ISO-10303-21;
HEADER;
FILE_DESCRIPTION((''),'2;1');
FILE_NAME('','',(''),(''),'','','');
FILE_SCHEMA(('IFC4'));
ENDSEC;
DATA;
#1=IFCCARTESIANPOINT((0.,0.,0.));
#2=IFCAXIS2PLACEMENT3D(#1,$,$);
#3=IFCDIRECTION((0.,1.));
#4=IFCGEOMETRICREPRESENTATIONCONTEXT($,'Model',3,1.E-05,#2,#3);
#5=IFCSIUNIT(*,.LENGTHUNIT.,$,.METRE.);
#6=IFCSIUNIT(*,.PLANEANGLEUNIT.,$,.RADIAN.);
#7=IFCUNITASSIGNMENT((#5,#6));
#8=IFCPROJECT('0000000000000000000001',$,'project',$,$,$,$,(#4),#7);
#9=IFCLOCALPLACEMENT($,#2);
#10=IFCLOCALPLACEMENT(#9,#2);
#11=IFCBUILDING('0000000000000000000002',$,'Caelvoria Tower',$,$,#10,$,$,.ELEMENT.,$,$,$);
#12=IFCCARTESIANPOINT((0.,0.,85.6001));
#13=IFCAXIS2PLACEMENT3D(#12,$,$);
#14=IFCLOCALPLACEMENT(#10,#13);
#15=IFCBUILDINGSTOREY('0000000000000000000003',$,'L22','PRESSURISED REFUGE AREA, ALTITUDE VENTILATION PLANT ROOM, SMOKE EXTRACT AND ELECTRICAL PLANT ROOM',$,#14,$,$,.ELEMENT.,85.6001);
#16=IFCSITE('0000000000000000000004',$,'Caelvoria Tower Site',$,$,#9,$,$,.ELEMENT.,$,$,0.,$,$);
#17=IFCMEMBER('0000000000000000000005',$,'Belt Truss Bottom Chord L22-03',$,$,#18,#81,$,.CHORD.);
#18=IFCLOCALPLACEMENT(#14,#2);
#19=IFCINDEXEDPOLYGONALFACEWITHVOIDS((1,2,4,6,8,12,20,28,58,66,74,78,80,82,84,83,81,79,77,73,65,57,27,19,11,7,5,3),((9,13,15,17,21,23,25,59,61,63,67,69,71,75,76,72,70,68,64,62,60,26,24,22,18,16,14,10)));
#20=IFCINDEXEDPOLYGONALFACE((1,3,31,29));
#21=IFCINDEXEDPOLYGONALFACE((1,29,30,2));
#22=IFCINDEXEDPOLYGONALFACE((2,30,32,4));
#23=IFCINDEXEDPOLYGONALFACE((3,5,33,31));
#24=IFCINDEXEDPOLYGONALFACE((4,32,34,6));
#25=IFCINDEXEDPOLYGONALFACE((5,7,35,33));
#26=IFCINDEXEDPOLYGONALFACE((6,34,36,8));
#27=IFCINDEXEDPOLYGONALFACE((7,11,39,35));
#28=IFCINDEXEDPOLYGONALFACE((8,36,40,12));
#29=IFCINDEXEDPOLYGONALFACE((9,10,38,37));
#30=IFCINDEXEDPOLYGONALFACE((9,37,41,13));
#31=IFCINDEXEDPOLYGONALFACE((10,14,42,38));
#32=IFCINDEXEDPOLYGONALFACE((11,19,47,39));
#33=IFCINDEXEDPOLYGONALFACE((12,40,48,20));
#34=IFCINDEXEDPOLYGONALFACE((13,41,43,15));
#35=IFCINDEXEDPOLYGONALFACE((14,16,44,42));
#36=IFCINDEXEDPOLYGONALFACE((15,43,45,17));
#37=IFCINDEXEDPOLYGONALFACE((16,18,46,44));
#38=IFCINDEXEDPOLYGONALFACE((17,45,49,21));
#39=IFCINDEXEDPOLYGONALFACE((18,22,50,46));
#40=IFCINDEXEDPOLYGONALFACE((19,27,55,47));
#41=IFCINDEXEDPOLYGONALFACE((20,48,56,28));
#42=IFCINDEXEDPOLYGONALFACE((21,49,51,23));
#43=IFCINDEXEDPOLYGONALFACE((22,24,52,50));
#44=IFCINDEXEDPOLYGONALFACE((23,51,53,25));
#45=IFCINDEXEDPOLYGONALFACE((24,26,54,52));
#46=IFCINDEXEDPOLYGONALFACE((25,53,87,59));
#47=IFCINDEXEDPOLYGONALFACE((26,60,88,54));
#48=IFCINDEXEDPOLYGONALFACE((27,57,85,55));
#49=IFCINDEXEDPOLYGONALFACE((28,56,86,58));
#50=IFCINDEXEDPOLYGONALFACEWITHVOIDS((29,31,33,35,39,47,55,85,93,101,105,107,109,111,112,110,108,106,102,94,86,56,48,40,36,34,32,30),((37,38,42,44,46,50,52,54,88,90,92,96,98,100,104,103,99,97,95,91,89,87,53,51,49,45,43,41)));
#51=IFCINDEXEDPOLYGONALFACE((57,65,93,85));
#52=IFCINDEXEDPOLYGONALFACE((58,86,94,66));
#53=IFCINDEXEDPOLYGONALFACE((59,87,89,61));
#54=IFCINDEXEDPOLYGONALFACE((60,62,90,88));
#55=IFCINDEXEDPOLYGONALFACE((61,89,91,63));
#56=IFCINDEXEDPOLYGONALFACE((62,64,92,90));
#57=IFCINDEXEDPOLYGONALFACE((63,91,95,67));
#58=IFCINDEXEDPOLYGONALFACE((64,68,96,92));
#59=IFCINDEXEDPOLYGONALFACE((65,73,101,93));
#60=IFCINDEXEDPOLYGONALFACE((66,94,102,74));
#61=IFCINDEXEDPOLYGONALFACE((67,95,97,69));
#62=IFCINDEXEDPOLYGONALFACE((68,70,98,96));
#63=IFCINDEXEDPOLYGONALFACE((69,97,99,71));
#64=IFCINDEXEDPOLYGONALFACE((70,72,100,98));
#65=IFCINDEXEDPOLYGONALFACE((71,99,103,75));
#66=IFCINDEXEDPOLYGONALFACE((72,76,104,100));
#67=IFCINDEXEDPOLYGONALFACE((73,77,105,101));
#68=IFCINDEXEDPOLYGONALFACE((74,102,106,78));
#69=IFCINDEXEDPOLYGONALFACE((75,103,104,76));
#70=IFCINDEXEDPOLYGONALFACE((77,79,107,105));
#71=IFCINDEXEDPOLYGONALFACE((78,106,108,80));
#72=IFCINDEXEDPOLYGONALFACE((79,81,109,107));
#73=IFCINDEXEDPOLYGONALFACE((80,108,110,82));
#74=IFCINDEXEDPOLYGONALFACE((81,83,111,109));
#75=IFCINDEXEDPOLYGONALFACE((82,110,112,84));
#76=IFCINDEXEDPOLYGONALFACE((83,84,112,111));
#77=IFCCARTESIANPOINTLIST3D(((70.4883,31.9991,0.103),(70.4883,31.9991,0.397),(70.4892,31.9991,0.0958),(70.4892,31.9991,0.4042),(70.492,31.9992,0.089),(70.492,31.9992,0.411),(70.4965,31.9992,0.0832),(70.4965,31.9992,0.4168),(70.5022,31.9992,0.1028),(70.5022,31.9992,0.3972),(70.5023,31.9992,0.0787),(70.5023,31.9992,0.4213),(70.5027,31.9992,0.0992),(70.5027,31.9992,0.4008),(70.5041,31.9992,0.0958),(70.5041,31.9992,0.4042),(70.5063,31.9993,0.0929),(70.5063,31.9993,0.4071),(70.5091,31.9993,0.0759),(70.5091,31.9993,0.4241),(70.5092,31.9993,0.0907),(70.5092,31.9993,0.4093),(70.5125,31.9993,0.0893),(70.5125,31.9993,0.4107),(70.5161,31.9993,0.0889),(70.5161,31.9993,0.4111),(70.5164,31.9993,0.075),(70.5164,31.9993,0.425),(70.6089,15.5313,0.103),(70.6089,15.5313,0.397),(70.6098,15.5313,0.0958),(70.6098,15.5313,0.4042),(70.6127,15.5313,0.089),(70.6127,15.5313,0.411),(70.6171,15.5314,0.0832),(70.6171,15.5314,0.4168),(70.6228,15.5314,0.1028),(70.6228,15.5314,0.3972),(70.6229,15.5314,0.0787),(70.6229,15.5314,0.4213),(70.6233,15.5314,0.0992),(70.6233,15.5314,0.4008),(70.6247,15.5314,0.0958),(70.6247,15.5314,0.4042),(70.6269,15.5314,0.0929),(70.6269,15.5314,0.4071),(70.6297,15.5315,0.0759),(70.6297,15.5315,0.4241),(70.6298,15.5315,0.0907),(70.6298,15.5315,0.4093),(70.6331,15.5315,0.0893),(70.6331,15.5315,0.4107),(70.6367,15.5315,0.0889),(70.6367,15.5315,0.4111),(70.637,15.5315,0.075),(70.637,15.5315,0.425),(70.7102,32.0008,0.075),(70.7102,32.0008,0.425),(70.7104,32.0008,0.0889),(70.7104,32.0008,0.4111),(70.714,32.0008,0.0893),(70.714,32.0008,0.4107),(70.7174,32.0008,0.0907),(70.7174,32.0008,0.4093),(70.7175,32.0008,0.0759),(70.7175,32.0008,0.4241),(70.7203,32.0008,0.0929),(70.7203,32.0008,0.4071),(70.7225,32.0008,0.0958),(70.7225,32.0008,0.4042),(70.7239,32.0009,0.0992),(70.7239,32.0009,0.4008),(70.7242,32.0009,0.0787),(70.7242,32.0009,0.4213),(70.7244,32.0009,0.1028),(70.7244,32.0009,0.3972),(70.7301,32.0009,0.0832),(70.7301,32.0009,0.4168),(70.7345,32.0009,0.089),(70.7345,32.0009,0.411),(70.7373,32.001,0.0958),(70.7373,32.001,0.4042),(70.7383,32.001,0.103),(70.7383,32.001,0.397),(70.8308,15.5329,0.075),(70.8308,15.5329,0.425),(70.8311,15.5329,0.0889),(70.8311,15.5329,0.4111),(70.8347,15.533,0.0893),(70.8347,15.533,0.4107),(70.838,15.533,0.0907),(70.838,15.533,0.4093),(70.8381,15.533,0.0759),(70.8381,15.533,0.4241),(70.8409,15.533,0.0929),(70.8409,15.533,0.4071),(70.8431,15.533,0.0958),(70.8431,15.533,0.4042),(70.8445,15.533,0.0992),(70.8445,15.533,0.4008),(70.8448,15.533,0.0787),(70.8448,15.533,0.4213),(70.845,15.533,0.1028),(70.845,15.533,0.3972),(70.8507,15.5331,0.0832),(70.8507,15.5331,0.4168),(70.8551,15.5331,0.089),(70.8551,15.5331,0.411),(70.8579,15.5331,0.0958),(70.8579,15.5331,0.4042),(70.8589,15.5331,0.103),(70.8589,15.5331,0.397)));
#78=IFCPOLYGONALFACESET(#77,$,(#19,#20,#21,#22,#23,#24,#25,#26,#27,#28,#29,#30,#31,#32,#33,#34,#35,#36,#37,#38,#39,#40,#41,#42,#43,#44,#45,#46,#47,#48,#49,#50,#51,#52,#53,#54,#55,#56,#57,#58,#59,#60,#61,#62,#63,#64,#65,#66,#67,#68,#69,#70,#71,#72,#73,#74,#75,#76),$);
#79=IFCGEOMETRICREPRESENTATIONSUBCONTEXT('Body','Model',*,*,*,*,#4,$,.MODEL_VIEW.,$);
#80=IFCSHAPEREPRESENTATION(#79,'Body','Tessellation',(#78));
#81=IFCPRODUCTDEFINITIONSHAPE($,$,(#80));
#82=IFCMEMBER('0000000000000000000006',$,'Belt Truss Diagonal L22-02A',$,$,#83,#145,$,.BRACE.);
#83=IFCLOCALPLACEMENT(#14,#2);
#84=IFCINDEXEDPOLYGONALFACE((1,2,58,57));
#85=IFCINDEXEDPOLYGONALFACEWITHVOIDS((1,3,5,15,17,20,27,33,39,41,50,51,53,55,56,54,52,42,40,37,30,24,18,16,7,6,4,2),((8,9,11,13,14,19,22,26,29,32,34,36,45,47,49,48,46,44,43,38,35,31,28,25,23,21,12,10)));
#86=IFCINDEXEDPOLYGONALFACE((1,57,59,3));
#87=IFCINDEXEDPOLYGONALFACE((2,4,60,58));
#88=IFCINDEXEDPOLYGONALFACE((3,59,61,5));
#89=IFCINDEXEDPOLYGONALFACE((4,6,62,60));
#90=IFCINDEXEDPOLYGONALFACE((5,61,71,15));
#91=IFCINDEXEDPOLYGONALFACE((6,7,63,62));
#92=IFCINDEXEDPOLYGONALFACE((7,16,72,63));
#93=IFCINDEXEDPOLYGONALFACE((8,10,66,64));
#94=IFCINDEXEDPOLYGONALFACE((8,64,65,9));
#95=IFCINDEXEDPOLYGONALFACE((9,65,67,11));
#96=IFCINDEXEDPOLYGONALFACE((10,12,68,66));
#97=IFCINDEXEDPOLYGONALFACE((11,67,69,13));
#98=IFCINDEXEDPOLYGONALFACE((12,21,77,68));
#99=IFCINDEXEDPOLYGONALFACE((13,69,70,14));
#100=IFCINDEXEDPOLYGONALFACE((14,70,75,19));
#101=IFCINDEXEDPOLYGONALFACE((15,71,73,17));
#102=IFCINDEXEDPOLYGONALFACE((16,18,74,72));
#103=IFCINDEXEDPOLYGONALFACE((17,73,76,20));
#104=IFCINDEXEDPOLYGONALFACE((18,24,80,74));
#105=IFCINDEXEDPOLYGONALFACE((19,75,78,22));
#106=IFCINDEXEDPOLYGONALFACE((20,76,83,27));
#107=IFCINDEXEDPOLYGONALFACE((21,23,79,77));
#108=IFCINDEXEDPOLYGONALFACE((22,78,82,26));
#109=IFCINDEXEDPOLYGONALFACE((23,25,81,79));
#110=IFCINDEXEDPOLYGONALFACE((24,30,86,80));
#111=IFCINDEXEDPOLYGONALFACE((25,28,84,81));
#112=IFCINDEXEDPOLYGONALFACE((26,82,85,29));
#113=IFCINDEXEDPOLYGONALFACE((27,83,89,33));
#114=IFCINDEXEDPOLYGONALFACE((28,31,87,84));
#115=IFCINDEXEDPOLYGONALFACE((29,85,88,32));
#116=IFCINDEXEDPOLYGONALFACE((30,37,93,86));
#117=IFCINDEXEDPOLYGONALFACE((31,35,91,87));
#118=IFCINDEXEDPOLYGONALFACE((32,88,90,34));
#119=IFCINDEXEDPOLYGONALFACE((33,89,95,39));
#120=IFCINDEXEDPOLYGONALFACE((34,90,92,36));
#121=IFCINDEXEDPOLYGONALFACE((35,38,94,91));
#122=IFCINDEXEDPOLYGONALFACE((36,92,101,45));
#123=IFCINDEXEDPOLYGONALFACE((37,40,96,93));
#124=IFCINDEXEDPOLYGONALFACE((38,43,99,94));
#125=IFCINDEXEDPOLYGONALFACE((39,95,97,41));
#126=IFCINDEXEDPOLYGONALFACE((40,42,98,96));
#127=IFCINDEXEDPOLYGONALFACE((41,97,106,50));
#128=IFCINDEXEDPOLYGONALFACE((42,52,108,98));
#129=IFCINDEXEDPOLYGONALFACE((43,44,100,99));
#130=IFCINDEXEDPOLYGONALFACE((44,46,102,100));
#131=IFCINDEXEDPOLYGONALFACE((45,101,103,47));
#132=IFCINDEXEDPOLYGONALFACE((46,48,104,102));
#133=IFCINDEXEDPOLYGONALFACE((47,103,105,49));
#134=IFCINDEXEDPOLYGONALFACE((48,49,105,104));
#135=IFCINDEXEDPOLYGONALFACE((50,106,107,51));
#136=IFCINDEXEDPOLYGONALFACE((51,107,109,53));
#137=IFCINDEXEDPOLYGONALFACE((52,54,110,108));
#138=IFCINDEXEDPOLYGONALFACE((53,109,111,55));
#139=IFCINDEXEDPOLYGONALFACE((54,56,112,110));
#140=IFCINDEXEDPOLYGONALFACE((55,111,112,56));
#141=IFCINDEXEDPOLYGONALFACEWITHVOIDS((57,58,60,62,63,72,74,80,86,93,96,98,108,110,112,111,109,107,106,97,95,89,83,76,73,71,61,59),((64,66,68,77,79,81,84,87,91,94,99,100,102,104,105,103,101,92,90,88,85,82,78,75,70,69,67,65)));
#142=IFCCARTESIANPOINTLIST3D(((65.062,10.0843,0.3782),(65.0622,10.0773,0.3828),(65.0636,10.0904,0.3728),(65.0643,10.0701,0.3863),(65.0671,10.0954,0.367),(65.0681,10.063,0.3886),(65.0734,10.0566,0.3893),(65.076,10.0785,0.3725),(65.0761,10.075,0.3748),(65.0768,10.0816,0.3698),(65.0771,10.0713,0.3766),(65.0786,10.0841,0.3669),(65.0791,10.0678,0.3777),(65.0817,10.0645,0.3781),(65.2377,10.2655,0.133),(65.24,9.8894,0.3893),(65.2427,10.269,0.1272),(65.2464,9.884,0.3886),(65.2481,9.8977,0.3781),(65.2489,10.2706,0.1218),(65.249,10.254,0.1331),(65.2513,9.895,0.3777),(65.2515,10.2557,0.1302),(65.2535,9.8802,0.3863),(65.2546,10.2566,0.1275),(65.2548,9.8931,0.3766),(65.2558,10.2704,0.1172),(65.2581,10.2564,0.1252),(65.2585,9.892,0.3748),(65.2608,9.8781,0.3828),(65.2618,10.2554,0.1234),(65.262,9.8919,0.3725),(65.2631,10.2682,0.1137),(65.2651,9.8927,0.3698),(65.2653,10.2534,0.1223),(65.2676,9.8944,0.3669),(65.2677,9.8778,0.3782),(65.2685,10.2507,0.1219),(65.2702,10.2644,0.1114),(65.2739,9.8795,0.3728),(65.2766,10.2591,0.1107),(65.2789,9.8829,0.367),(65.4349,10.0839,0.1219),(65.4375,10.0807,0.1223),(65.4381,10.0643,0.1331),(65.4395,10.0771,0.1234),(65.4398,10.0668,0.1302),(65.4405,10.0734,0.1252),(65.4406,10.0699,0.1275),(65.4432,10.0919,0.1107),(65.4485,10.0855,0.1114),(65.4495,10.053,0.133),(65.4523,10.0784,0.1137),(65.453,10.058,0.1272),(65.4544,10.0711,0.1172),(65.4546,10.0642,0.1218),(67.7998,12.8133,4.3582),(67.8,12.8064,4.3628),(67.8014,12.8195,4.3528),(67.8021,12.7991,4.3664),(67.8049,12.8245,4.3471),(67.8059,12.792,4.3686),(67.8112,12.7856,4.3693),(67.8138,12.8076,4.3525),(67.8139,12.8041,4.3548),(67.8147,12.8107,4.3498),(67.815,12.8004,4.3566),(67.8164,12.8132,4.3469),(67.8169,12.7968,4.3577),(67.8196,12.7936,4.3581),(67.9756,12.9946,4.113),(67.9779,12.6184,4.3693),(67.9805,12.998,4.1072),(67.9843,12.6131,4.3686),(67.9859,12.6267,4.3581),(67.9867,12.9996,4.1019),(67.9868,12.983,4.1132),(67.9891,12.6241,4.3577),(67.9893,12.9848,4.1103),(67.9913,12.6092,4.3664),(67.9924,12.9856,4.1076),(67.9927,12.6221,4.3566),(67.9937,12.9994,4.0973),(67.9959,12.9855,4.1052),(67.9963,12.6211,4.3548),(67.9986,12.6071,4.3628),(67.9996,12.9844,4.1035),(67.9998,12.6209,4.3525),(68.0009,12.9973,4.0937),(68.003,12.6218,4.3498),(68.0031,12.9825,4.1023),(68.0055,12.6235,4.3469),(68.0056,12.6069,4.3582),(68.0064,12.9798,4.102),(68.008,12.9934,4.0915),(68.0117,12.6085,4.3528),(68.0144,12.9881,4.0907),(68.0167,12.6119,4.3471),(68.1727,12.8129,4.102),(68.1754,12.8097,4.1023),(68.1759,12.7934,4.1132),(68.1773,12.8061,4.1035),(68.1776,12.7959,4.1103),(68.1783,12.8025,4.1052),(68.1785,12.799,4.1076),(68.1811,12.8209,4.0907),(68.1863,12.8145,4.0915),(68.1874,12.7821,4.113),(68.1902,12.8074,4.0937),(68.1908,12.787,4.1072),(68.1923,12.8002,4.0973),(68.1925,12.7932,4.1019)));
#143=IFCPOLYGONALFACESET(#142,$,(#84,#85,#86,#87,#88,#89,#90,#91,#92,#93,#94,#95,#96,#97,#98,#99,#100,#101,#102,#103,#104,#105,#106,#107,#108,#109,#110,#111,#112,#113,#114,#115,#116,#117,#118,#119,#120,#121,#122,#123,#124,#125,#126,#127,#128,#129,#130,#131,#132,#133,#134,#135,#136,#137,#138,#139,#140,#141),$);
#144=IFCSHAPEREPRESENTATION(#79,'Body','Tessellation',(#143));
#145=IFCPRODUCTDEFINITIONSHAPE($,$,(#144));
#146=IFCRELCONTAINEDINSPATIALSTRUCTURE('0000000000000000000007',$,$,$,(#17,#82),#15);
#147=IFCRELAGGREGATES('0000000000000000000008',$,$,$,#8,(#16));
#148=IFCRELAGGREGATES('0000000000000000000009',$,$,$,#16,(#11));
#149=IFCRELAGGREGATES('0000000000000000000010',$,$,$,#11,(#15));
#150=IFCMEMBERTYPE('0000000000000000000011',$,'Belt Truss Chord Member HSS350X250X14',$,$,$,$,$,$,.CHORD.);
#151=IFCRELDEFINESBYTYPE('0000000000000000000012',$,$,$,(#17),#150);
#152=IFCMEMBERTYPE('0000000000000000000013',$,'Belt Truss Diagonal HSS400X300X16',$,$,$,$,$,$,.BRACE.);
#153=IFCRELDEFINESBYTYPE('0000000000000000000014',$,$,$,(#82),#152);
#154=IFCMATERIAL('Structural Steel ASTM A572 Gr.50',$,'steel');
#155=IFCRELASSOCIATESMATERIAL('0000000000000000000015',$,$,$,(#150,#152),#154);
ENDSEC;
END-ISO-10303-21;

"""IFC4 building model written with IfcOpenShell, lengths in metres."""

from ifc_helpers import new_model, si_unit, direction, frame, origin, origin_2d, place, context, subcontext, project, spatial, hollow_rectangle, extrude, material, material_profile, profile_set, type_object, element, save


model = new_model("IFC4")

# Units and contexts
model_context = context("Model", 3, precision=1e-05, world=origin(), true_north=direction((0.0, 1.0)))
body_context = subcontext(model_context, "Body", "Model", "MODEL_VIEW")
ifc_project = project(units=[si_unit("LENGTHUNIT", "METRE"), si_unit("PLANEANGLEUNIT", "RADIAN")], contexts=[model_context])

# Site, building, storey
site_placement = place(None, origin())
site = spatial("IfcSite", under=ifc_project, at=site_placement, Name="Caelvoria Tower Site", CompositionType="ELEMENT", RefElevation=0.0)
building_placement = place(site_placement, origin())
building = spatial("IfcBuilding", under=site, at=building_placement, Name="Caelvoria Tower", CompositionType="ELEMENT")
storey_placement = place(building_placement, frame((0.0, 0.0, 85.6001)))
storey = spatial("IfcBuildingStorey", under=building, at=storey_placement, Name="L22", Description="PRESSURISED REFUGE AREA, ALTITUDE VENTILATION PLANT ROOM, SMOKE EXTRACT AND ELECTRICAL PLANT ROOM", CompositionType="ELEMENT", Elevation=85.6001)

# Shared definitions
ifc_material_1 = material(Name="Structural Steel ASTM A572 Gr.50", Category="steel")

# Members
ifc_material_profile_1 = material_profile(ifc_material_1, hollow_rectangle(XDim=0.25, YDim=0.3501, WallThickness=0.0139, InnerFilletRadius=0.0139, OuterFilletRadius=0.0281, at=origin_2d()), Name="Structural Steel ASTM A572 Gr.50")
ifc_profile_set_1 = profile_set([ifc_material_profile_1], Name="HSS350X250X14 - Structural Steel ASTM A572 Gr.50")
member_type_1 = type_object("IfcMemberType", Name="Belt Truss Chord Member HSS350X250X14", PredefinedType="CHORD", material=ifc_profile_set_1)
member_1_placement = place(storey_placement, frame((70.7339, 15.5322, 0.25), z_axis=(-0.007324, 0.999973, 0.0), x_axis=(-0.999973, -0.007324, 0.0)))
element("IfcMember", 1, at=member_1_placement, inside=storey, type_object=member_type_1, Name="Belt Truss Bottom Chord L22-03", PredefinedType="CHORD", context=body_context, shape_type="SweptSolid", body=[
    extrude(hollow_rectangle(XDim=0.25, YDim=0.3501, WallThickness=0.0139, InnerFilletRadius=0.0139, OuterFilletRadius=0.0281, at=origin_2d()), origin(), (0.0, 0.0, 1.0), 16.4683),
])
ifc_material_profile_2 = material_profile(ifc_material_1, hollow_rectangle(XDim=0.3, YDim=0.3999, WallThickness=0.0161, InnerFilletRadius=0.0161, OuterFilletRadius=0.032, at=origin_2d()), Name="Structural Steel ASTM A572 Gr.50")
ifc_profile_set_2 = profile_set([ifc_material_profile_2], Name="HSS400X300X16 - Structural Steel ASTM A572 Gr.50")
member_type_2 = type_object("IfcMemberType", Name="Belt Truss Diagonal HSS400X300X16", PredefinedType="BRACE", material=ifc_profile_set_2)
for number, where, z_axis, x_axis, name in (
    (2, (65.2583, 10.0742, 0.25), (0.493451, 0.491866, 0.717338), (-0.705969, 0.708243, 0.0), "Belt Truss Diagonal L22-02A"),
):
    element("IfcMember", number, at=place(storey_placement, frame(where, z_axis=z_axis, x_axis=x_axis)), inside=storey, type_object=member_type_2, Name=name, PredefinedType="BRACE", context=body_context, shape_type="SweptSolid", body=[
        extrude(hollow_rectangle(XDim=0.3, YDim=0.3999, WallThickness=0.0161, InnerFilletRadius=0.0161, OuterFilletRadius=0.032, at=origin_2d()), origin(), (0.0, 0.0, 1.0), 5.5483),
    ])

save(model, "model.ifc")
